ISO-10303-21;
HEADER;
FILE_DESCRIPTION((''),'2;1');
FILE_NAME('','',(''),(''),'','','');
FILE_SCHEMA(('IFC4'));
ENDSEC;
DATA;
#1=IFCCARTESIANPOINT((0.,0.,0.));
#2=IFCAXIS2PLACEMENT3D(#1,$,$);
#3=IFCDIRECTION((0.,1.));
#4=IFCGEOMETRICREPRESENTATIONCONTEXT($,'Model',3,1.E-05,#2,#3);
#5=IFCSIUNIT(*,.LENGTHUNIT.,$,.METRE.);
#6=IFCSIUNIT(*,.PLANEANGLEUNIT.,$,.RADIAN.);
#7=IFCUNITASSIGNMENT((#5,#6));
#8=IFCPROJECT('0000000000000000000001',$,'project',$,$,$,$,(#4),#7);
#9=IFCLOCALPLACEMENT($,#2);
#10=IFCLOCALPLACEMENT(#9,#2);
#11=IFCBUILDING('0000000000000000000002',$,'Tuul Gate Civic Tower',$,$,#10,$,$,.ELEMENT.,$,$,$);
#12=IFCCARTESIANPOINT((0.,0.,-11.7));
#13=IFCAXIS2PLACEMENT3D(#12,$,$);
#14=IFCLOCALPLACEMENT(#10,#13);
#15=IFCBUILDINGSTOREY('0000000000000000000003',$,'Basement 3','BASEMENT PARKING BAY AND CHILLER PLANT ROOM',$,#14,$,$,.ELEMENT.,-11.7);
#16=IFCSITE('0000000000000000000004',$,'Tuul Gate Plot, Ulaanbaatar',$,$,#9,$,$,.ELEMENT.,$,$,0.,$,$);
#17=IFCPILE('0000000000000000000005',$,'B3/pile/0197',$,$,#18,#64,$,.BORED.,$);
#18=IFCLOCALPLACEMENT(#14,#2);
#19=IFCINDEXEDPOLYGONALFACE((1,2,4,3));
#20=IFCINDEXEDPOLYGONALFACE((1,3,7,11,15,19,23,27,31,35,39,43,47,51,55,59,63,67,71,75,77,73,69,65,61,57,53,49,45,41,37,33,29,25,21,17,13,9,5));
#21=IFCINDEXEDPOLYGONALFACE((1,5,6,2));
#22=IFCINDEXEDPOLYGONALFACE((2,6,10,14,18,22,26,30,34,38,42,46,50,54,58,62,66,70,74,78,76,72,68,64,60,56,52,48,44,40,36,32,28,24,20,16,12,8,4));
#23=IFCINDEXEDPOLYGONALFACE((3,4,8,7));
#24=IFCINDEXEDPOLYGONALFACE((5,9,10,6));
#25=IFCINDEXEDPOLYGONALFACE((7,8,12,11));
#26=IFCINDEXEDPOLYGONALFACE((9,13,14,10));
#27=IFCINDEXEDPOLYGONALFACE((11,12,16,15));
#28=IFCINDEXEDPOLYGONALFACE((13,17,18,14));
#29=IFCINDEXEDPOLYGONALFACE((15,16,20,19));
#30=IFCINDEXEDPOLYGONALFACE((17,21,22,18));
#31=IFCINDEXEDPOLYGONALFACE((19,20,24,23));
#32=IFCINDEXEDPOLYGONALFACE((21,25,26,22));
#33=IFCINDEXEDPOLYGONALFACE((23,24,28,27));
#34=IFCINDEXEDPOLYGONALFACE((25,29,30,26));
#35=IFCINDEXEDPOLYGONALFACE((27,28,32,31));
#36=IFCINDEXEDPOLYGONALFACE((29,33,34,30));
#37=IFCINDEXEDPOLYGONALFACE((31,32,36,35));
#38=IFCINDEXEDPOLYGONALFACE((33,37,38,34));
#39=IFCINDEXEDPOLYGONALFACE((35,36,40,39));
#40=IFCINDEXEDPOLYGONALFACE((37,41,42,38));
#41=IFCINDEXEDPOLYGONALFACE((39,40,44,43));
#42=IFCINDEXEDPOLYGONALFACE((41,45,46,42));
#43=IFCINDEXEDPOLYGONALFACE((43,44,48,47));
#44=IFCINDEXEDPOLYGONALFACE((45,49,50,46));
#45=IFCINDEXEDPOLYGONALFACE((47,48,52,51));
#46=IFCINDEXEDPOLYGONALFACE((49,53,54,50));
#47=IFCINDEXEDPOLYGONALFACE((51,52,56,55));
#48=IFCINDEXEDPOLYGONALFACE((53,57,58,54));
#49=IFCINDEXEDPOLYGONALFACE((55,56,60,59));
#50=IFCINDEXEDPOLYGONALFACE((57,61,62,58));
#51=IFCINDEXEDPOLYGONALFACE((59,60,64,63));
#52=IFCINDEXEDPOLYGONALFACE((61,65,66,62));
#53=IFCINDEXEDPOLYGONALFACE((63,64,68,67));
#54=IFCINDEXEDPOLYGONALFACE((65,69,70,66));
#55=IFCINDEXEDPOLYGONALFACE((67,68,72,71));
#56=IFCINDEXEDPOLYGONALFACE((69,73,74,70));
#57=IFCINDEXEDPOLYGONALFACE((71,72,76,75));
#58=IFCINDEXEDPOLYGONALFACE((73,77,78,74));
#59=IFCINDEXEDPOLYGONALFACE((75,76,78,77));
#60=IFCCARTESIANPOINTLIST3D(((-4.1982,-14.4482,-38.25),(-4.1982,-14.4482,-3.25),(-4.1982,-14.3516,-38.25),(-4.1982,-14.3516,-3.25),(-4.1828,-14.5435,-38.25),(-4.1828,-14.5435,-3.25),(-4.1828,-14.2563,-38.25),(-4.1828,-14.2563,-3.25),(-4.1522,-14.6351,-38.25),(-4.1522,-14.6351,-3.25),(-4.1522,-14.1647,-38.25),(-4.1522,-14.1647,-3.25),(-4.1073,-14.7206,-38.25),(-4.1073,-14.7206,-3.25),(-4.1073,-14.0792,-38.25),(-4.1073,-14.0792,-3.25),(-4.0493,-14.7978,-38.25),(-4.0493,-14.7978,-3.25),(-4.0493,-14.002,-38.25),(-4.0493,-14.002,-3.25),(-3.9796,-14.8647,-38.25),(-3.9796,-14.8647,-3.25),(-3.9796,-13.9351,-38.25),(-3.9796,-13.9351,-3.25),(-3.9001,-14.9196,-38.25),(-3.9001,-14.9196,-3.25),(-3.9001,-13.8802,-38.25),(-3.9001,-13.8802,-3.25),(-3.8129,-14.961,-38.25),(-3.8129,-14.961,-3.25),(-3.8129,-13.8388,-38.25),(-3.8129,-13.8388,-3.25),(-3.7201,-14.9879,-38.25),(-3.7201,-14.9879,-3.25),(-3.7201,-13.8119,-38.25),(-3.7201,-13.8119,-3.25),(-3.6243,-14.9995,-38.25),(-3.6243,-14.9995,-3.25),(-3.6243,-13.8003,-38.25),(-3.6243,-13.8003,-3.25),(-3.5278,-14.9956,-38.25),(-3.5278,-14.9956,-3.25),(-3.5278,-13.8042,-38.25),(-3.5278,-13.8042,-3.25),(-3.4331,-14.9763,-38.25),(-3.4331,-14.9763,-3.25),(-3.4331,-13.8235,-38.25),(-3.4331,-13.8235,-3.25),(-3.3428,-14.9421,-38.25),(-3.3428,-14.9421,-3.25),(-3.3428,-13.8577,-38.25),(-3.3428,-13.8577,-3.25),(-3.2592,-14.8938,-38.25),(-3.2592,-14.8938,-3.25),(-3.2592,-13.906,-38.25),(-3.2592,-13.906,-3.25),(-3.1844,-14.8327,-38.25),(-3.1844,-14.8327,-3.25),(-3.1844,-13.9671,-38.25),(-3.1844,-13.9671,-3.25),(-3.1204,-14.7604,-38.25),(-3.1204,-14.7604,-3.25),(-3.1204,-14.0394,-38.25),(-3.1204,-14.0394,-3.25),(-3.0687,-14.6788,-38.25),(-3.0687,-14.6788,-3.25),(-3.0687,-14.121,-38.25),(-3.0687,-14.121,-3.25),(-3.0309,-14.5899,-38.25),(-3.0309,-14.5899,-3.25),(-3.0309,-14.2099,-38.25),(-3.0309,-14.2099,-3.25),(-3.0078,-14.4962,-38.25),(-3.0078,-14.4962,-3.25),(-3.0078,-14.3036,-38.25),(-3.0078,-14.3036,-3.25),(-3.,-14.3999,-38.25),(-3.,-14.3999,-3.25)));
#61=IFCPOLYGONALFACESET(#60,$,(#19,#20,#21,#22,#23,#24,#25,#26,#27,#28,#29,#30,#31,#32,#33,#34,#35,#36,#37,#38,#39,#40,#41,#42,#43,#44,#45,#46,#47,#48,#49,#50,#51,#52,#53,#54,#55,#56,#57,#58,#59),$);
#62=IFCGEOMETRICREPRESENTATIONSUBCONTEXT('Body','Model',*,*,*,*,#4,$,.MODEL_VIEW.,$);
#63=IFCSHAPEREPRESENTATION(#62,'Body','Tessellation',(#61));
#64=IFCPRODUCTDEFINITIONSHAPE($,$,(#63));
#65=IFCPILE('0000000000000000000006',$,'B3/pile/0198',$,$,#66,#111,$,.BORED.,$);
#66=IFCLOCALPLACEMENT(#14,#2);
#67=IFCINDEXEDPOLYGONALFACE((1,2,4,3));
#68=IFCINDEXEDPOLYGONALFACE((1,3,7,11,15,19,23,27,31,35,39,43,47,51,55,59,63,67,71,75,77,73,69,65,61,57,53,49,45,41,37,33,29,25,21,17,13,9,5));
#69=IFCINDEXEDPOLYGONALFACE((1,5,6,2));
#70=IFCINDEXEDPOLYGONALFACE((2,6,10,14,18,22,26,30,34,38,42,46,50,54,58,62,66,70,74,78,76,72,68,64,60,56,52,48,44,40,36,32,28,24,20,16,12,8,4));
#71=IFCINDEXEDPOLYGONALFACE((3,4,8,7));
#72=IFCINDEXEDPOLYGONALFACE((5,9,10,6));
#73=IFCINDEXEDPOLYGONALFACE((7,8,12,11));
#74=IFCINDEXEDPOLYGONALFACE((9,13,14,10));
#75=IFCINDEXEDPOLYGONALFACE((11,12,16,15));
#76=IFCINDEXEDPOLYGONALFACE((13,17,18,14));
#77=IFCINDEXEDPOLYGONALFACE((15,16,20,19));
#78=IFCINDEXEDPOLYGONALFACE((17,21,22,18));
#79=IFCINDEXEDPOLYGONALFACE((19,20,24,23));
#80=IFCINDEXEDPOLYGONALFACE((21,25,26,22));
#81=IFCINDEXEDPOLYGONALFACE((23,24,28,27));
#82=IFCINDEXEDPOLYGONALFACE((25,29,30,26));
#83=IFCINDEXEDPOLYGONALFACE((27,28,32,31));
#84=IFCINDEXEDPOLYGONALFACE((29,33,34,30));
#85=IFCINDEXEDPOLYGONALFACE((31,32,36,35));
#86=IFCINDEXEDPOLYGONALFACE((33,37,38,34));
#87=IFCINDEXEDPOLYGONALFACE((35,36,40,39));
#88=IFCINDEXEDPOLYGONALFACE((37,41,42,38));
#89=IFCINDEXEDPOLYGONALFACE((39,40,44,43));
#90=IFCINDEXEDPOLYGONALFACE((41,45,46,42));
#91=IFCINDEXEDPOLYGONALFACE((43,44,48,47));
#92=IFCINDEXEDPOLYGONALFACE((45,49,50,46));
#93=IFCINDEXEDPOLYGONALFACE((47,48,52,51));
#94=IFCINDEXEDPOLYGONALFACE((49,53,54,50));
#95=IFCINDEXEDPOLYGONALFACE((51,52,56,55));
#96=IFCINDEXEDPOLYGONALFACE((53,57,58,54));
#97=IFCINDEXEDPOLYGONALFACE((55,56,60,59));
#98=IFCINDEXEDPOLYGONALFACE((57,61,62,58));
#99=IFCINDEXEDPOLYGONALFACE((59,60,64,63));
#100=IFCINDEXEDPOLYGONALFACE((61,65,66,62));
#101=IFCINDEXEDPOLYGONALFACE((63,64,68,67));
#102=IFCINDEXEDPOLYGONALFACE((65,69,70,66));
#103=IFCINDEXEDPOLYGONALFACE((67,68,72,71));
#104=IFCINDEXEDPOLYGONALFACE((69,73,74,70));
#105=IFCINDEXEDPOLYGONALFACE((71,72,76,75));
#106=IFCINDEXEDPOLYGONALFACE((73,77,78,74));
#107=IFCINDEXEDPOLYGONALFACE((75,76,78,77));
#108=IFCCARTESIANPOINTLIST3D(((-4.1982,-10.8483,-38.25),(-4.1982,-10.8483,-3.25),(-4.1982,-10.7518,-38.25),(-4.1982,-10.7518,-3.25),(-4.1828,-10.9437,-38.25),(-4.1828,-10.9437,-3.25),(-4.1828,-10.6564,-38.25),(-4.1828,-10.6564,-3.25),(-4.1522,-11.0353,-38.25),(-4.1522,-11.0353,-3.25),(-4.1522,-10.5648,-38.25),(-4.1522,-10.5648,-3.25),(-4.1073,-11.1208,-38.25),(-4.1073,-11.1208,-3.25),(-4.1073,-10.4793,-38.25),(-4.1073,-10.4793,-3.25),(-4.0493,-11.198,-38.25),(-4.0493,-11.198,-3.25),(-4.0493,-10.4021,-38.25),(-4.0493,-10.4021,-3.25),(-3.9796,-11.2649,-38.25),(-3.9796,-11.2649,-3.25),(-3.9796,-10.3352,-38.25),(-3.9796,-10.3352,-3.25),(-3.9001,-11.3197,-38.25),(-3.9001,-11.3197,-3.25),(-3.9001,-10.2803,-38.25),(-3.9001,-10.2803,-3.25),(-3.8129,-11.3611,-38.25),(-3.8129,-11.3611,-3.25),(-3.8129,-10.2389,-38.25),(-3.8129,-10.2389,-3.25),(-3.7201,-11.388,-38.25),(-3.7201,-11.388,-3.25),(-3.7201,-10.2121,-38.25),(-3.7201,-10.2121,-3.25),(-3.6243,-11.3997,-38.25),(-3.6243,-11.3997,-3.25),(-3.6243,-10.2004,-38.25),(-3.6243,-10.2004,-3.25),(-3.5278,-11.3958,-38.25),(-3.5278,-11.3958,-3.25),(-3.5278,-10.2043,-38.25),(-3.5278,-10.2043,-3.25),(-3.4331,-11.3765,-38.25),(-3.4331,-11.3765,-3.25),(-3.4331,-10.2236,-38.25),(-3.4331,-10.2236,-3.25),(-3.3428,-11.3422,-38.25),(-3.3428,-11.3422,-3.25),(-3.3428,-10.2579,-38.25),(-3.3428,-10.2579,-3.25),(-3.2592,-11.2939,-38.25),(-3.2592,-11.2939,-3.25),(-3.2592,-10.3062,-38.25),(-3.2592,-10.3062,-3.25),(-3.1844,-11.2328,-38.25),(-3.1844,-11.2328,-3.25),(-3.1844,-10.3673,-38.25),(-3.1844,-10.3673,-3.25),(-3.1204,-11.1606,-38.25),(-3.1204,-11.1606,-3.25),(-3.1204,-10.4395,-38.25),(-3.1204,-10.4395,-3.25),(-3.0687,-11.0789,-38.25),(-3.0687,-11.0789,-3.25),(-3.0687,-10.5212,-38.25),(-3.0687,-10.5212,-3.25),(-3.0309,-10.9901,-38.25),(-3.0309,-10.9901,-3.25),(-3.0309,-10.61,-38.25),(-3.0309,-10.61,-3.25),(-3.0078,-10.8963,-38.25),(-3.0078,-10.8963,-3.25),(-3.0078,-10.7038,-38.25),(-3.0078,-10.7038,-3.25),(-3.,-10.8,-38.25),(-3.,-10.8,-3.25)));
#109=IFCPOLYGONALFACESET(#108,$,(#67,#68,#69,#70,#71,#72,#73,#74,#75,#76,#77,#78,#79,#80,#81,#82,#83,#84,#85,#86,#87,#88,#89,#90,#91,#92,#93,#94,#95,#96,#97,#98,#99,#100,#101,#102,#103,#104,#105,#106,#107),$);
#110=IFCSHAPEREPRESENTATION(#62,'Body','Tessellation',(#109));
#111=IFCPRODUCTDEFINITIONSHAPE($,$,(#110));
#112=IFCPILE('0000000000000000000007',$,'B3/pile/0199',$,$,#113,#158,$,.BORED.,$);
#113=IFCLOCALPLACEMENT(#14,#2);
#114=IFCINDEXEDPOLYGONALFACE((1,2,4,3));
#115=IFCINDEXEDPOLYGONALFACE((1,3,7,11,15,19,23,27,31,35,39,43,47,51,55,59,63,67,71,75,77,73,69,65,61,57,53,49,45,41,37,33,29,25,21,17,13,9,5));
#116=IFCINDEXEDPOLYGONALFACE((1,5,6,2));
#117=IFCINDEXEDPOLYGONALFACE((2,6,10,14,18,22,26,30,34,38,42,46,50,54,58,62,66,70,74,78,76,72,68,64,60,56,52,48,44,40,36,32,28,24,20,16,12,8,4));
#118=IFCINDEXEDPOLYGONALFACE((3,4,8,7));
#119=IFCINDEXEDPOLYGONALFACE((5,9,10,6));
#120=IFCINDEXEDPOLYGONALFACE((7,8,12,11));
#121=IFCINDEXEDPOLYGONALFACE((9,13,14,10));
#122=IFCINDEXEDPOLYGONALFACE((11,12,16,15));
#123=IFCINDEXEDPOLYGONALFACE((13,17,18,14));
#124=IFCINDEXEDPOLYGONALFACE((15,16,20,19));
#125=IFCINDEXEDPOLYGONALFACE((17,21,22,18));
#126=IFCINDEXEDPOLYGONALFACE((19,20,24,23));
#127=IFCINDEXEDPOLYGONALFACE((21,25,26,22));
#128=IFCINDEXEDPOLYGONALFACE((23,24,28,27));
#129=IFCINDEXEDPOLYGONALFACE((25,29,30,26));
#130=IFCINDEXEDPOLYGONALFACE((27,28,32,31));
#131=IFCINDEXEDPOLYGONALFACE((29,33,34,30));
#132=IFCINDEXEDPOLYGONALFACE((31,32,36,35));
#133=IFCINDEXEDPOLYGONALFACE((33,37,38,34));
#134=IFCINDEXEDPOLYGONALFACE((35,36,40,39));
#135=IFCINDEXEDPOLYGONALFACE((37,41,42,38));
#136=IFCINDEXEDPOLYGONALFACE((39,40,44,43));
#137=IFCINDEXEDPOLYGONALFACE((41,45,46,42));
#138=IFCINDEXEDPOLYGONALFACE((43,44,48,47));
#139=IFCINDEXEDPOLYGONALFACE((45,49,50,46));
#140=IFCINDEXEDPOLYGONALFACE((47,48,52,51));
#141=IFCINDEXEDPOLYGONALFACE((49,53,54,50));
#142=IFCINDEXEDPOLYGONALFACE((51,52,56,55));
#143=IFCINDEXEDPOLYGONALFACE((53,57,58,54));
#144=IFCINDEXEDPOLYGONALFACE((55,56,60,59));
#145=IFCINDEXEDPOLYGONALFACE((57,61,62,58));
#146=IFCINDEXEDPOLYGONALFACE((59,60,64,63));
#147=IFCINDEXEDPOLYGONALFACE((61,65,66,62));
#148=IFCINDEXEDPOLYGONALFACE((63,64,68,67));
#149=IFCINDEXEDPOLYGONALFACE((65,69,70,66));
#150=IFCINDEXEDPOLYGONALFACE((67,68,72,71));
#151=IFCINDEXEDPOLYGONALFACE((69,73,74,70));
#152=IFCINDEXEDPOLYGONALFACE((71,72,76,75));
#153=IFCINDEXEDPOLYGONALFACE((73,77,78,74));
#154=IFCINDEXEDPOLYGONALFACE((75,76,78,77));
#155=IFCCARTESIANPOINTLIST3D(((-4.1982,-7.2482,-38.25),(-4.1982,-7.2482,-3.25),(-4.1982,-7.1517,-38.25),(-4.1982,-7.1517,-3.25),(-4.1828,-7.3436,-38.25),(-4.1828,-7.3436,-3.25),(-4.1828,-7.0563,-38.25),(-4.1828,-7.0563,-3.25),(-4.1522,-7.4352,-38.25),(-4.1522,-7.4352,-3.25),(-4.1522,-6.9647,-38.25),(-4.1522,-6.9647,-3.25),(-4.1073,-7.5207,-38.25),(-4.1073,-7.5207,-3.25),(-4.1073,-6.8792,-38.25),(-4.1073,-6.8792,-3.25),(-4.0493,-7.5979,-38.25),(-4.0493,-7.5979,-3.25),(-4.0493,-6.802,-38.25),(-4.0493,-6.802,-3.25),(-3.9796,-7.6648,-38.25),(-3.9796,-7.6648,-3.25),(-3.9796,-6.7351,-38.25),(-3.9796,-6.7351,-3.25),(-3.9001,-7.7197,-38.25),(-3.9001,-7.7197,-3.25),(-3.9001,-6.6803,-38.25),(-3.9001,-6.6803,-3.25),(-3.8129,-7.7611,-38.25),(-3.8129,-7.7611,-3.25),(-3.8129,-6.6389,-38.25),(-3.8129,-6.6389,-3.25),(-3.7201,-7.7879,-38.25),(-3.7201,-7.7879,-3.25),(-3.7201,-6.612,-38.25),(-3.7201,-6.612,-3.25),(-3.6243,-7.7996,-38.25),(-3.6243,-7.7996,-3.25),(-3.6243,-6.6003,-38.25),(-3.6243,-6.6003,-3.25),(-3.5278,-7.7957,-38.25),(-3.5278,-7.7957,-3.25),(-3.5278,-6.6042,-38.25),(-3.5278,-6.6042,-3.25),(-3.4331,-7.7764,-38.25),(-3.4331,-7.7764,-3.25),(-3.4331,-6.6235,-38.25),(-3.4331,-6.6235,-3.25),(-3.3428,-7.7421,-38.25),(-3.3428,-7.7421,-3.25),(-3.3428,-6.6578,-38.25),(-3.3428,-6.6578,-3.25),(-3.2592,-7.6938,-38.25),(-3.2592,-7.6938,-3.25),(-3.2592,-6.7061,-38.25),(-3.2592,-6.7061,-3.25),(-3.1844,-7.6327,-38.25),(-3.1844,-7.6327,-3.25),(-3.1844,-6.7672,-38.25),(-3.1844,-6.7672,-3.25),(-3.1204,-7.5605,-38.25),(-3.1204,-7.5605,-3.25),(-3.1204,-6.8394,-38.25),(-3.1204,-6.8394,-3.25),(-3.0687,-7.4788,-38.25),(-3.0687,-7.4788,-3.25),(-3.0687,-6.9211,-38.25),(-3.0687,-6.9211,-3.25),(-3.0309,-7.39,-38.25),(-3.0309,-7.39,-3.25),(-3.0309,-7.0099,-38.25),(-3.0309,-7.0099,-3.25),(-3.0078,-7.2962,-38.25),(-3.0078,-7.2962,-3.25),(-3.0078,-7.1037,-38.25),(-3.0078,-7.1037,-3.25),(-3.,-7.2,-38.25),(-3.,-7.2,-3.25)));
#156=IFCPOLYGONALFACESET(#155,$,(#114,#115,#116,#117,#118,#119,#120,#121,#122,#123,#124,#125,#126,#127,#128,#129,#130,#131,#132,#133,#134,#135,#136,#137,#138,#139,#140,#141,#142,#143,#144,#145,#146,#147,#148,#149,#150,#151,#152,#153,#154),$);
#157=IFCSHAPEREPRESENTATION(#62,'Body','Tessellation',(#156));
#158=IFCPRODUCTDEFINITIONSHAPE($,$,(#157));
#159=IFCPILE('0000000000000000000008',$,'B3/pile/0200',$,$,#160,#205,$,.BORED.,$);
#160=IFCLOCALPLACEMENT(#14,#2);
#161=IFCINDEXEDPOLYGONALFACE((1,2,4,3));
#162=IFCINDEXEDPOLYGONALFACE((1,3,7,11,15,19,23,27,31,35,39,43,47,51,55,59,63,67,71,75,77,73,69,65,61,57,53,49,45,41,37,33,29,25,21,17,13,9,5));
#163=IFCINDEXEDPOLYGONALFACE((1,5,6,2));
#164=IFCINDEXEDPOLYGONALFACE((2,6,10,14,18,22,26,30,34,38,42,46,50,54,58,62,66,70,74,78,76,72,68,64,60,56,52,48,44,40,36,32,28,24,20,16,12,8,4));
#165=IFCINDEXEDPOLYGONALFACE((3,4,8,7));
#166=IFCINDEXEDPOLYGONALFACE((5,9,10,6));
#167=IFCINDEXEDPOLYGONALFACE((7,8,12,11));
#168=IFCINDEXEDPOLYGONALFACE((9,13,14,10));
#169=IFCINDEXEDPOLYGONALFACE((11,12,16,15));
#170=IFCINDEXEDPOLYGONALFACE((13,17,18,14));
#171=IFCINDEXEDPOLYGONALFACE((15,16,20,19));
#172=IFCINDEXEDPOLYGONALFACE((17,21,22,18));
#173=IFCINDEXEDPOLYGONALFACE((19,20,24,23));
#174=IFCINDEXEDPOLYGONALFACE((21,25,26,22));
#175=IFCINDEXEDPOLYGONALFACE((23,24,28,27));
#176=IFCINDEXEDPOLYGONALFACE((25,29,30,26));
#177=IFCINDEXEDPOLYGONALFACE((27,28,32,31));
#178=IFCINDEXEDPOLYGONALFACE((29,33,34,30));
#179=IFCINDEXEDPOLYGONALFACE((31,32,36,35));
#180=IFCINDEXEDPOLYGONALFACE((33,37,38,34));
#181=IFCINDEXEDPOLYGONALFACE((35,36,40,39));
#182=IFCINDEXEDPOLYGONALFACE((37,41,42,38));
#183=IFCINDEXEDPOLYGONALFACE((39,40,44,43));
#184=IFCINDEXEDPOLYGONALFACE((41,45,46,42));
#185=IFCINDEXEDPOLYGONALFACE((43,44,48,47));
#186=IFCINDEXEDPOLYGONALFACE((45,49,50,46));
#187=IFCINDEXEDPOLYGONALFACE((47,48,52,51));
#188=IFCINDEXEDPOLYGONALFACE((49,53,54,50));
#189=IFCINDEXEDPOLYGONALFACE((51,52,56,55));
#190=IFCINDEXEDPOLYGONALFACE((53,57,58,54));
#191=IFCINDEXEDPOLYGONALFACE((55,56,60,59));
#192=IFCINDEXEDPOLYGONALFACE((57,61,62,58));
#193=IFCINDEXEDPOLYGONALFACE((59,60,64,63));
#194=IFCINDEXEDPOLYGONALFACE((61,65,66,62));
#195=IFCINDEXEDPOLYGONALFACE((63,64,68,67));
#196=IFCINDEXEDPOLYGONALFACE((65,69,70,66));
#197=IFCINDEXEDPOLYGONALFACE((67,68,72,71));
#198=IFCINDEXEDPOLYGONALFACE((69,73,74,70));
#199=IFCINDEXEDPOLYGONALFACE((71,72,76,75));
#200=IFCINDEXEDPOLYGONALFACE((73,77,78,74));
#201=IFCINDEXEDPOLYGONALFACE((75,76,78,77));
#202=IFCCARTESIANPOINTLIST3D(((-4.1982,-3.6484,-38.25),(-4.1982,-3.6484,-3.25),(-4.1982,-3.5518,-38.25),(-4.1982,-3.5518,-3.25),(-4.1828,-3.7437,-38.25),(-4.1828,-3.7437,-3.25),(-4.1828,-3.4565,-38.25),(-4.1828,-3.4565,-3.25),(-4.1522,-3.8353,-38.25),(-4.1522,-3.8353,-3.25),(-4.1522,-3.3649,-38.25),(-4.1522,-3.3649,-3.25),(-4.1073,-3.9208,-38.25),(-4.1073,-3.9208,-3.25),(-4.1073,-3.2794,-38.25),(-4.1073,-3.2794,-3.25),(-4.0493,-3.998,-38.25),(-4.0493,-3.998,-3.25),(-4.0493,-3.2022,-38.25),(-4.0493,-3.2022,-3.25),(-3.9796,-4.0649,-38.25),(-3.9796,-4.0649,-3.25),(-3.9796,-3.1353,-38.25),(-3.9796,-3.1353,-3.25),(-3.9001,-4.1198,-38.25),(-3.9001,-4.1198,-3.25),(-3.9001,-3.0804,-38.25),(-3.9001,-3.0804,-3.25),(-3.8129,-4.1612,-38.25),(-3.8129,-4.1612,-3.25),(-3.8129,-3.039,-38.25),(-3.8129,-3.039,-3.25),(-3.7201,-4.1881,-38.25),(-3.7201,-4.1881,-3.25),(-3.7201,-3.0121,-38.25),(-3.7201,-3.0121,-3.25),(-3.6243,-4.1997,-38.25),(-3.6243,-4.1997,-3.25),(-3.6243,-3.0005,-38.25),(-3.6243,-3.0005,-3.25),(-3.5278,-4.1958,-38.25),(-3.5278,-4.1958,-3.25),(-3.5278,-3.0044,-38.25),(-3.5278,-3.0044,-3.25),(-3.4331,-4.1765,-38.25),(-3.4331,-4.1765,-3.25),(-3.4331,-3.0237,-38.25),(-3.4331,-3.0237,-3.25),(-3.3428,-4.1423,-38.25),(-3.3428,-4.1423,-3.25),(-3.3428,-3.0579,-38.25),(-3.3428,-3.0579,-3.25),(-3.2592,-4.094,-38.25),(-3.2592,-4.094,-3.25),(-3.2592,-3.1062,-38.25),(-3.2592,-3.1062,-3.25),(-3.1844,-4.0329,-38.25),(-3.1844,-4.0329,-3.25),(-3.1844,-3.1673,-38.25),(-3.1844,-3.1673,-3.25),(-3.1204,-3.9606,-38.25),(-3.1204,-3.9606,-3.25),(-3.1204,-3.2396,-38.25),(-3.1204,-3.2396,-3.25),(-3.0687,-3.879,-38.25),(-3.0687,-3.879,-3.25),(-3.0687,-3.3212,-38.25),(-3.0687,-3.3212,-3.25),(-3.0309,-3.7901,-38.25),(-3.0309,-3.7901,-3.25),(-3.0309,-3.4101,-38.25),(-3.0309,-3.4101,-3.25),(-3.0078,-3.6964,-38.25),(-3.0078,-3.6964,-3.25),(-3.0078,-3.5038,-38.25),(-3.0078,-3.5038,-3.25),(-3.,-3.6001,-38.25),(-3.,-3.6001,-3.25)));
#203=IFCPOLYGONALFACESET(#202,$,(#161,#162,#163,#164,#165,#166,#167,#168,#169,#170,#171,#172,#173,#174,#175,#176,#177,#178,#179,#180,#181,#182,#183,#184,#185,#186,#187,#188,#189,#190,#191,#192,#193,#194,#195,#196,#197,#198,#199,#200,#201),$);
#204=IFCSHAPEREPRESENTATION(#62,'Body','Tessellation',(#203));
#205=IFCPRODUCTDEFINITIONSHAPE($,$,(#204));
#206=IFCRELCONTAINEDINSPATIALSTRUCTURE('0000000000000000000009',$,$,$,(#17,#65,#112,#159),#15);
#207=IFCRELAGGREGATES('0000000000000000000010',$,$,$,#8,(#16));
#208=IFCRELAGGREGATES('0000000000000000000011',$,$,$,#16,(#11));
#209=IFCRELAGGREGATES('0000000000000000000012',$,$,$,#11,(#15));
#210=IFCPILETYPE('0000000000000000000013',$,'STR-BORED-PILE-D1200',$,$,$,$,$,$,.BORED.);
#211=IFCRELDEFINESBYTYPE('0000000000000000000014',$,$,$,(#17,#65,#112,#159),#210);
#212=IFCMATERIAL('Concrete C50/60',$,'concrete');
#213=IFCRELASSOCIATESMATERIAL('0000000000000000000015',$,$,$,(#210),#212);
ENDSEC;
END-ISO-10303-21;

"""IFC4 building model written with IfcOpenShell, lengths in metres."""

from ifc_helpers import new_model, si_unit, direction, frame, origin, origin_2d, place, context, subcontext, project, spatial, circle, extrude, material, material_profile, profile_set, type_object, element, save


model = new_model("IFC4")

# Units and contexts
model_context = context("Model", 3, precision=1e-05, world=origin(), true_north=direction((0.0, 1.0)))
body_context = subcontext(model_context, "Body", "Model", "MODEL_VIEW")
ifc_project = project(units=[si_unit("LENGTHUNIT", "METRE"), si_unit("PLANEANGLEUNIT", "RADIAN")], contexts=[model_context])

# Site, building, storey
site_placement = place(None, origin())
site = spatial("IfcSite", under=ifc_project, at=site_placement, Name="Tuul Gate Plot, Ulaanbaatar", CompositionType="ELEMENT", RefElevation=0.0)
building_placement = place(site_placement, origin())
building = spatial("IfcBuilding", under=site, at=building_placement, Name="Tuul Gate Civic Tower", CompositionType="ELEMENT")
storey_placement = place(building_placement, frame((0.0, 0.0, -11.7)))
storey = spatial("IfcBuildingStorey", under=building, at=storey_placement, Name="Basement 3", Description="BASEMENT PARKING BAY AND CHILLER PLANT ROOM", CompositionType="ELEMENT", Elevation=-11.7)

# Piles
ifc_material_1 = material(Name="Concrete C50/60", Category="concrete")
ifc_material_profile_1 = material_profile(ifc_material_1, circle(Radius=0.6001, at=origin_2d()), Name="PILE1200")
ifc_profile_set_1 = profile_set([ifc_material_profile_1], Name="Concrete C50/60")
pile_type = type_object("IfcPileType", Name="STR-BORED-PILE-D1200", PredefinedType="BORED", material=ifc_profile_set_1)
for number, where, z_axis, x_axis, name in (
    (1, (-3.6001, -14.3999, -3.25), (0.0, 0.0, -1.0), (1.0, 0.0, 0.0), "B3/pile/0197"),
    (2, (-3.6001, -10.8, -3.25), (0.0, 0.0, -1.0), (1.0, 0.0, 0.0), "B3/pile/0198"),
    (3, (-3.6001, -7.2, -3.25), (0.0, 0.0, -1.0), (1.0, 0.0, 0.0), "B3/pile/0199"),
    (4, (-3.6001, -3.6001, -3.25), (0.0, 0.0, -1.0), (1.0, 0.0, 0.0), "B3/pile/0200"),
):
    element("IfcPile", number, at=place(storey_placement, frame(where, z_axis=z_axis, x_axis=x_axis)), inside=storey, type_object=pile_type, Name=name, PredefinedType="BORED", context=body_context, shape_type="SweptSolid", body=[
        extrude(circle(Radius=0.6001, at=origin_2d()), origin(), (0.0, 0.0, 1.0), 35.0),
    ])

save(model, "model.ifc")
